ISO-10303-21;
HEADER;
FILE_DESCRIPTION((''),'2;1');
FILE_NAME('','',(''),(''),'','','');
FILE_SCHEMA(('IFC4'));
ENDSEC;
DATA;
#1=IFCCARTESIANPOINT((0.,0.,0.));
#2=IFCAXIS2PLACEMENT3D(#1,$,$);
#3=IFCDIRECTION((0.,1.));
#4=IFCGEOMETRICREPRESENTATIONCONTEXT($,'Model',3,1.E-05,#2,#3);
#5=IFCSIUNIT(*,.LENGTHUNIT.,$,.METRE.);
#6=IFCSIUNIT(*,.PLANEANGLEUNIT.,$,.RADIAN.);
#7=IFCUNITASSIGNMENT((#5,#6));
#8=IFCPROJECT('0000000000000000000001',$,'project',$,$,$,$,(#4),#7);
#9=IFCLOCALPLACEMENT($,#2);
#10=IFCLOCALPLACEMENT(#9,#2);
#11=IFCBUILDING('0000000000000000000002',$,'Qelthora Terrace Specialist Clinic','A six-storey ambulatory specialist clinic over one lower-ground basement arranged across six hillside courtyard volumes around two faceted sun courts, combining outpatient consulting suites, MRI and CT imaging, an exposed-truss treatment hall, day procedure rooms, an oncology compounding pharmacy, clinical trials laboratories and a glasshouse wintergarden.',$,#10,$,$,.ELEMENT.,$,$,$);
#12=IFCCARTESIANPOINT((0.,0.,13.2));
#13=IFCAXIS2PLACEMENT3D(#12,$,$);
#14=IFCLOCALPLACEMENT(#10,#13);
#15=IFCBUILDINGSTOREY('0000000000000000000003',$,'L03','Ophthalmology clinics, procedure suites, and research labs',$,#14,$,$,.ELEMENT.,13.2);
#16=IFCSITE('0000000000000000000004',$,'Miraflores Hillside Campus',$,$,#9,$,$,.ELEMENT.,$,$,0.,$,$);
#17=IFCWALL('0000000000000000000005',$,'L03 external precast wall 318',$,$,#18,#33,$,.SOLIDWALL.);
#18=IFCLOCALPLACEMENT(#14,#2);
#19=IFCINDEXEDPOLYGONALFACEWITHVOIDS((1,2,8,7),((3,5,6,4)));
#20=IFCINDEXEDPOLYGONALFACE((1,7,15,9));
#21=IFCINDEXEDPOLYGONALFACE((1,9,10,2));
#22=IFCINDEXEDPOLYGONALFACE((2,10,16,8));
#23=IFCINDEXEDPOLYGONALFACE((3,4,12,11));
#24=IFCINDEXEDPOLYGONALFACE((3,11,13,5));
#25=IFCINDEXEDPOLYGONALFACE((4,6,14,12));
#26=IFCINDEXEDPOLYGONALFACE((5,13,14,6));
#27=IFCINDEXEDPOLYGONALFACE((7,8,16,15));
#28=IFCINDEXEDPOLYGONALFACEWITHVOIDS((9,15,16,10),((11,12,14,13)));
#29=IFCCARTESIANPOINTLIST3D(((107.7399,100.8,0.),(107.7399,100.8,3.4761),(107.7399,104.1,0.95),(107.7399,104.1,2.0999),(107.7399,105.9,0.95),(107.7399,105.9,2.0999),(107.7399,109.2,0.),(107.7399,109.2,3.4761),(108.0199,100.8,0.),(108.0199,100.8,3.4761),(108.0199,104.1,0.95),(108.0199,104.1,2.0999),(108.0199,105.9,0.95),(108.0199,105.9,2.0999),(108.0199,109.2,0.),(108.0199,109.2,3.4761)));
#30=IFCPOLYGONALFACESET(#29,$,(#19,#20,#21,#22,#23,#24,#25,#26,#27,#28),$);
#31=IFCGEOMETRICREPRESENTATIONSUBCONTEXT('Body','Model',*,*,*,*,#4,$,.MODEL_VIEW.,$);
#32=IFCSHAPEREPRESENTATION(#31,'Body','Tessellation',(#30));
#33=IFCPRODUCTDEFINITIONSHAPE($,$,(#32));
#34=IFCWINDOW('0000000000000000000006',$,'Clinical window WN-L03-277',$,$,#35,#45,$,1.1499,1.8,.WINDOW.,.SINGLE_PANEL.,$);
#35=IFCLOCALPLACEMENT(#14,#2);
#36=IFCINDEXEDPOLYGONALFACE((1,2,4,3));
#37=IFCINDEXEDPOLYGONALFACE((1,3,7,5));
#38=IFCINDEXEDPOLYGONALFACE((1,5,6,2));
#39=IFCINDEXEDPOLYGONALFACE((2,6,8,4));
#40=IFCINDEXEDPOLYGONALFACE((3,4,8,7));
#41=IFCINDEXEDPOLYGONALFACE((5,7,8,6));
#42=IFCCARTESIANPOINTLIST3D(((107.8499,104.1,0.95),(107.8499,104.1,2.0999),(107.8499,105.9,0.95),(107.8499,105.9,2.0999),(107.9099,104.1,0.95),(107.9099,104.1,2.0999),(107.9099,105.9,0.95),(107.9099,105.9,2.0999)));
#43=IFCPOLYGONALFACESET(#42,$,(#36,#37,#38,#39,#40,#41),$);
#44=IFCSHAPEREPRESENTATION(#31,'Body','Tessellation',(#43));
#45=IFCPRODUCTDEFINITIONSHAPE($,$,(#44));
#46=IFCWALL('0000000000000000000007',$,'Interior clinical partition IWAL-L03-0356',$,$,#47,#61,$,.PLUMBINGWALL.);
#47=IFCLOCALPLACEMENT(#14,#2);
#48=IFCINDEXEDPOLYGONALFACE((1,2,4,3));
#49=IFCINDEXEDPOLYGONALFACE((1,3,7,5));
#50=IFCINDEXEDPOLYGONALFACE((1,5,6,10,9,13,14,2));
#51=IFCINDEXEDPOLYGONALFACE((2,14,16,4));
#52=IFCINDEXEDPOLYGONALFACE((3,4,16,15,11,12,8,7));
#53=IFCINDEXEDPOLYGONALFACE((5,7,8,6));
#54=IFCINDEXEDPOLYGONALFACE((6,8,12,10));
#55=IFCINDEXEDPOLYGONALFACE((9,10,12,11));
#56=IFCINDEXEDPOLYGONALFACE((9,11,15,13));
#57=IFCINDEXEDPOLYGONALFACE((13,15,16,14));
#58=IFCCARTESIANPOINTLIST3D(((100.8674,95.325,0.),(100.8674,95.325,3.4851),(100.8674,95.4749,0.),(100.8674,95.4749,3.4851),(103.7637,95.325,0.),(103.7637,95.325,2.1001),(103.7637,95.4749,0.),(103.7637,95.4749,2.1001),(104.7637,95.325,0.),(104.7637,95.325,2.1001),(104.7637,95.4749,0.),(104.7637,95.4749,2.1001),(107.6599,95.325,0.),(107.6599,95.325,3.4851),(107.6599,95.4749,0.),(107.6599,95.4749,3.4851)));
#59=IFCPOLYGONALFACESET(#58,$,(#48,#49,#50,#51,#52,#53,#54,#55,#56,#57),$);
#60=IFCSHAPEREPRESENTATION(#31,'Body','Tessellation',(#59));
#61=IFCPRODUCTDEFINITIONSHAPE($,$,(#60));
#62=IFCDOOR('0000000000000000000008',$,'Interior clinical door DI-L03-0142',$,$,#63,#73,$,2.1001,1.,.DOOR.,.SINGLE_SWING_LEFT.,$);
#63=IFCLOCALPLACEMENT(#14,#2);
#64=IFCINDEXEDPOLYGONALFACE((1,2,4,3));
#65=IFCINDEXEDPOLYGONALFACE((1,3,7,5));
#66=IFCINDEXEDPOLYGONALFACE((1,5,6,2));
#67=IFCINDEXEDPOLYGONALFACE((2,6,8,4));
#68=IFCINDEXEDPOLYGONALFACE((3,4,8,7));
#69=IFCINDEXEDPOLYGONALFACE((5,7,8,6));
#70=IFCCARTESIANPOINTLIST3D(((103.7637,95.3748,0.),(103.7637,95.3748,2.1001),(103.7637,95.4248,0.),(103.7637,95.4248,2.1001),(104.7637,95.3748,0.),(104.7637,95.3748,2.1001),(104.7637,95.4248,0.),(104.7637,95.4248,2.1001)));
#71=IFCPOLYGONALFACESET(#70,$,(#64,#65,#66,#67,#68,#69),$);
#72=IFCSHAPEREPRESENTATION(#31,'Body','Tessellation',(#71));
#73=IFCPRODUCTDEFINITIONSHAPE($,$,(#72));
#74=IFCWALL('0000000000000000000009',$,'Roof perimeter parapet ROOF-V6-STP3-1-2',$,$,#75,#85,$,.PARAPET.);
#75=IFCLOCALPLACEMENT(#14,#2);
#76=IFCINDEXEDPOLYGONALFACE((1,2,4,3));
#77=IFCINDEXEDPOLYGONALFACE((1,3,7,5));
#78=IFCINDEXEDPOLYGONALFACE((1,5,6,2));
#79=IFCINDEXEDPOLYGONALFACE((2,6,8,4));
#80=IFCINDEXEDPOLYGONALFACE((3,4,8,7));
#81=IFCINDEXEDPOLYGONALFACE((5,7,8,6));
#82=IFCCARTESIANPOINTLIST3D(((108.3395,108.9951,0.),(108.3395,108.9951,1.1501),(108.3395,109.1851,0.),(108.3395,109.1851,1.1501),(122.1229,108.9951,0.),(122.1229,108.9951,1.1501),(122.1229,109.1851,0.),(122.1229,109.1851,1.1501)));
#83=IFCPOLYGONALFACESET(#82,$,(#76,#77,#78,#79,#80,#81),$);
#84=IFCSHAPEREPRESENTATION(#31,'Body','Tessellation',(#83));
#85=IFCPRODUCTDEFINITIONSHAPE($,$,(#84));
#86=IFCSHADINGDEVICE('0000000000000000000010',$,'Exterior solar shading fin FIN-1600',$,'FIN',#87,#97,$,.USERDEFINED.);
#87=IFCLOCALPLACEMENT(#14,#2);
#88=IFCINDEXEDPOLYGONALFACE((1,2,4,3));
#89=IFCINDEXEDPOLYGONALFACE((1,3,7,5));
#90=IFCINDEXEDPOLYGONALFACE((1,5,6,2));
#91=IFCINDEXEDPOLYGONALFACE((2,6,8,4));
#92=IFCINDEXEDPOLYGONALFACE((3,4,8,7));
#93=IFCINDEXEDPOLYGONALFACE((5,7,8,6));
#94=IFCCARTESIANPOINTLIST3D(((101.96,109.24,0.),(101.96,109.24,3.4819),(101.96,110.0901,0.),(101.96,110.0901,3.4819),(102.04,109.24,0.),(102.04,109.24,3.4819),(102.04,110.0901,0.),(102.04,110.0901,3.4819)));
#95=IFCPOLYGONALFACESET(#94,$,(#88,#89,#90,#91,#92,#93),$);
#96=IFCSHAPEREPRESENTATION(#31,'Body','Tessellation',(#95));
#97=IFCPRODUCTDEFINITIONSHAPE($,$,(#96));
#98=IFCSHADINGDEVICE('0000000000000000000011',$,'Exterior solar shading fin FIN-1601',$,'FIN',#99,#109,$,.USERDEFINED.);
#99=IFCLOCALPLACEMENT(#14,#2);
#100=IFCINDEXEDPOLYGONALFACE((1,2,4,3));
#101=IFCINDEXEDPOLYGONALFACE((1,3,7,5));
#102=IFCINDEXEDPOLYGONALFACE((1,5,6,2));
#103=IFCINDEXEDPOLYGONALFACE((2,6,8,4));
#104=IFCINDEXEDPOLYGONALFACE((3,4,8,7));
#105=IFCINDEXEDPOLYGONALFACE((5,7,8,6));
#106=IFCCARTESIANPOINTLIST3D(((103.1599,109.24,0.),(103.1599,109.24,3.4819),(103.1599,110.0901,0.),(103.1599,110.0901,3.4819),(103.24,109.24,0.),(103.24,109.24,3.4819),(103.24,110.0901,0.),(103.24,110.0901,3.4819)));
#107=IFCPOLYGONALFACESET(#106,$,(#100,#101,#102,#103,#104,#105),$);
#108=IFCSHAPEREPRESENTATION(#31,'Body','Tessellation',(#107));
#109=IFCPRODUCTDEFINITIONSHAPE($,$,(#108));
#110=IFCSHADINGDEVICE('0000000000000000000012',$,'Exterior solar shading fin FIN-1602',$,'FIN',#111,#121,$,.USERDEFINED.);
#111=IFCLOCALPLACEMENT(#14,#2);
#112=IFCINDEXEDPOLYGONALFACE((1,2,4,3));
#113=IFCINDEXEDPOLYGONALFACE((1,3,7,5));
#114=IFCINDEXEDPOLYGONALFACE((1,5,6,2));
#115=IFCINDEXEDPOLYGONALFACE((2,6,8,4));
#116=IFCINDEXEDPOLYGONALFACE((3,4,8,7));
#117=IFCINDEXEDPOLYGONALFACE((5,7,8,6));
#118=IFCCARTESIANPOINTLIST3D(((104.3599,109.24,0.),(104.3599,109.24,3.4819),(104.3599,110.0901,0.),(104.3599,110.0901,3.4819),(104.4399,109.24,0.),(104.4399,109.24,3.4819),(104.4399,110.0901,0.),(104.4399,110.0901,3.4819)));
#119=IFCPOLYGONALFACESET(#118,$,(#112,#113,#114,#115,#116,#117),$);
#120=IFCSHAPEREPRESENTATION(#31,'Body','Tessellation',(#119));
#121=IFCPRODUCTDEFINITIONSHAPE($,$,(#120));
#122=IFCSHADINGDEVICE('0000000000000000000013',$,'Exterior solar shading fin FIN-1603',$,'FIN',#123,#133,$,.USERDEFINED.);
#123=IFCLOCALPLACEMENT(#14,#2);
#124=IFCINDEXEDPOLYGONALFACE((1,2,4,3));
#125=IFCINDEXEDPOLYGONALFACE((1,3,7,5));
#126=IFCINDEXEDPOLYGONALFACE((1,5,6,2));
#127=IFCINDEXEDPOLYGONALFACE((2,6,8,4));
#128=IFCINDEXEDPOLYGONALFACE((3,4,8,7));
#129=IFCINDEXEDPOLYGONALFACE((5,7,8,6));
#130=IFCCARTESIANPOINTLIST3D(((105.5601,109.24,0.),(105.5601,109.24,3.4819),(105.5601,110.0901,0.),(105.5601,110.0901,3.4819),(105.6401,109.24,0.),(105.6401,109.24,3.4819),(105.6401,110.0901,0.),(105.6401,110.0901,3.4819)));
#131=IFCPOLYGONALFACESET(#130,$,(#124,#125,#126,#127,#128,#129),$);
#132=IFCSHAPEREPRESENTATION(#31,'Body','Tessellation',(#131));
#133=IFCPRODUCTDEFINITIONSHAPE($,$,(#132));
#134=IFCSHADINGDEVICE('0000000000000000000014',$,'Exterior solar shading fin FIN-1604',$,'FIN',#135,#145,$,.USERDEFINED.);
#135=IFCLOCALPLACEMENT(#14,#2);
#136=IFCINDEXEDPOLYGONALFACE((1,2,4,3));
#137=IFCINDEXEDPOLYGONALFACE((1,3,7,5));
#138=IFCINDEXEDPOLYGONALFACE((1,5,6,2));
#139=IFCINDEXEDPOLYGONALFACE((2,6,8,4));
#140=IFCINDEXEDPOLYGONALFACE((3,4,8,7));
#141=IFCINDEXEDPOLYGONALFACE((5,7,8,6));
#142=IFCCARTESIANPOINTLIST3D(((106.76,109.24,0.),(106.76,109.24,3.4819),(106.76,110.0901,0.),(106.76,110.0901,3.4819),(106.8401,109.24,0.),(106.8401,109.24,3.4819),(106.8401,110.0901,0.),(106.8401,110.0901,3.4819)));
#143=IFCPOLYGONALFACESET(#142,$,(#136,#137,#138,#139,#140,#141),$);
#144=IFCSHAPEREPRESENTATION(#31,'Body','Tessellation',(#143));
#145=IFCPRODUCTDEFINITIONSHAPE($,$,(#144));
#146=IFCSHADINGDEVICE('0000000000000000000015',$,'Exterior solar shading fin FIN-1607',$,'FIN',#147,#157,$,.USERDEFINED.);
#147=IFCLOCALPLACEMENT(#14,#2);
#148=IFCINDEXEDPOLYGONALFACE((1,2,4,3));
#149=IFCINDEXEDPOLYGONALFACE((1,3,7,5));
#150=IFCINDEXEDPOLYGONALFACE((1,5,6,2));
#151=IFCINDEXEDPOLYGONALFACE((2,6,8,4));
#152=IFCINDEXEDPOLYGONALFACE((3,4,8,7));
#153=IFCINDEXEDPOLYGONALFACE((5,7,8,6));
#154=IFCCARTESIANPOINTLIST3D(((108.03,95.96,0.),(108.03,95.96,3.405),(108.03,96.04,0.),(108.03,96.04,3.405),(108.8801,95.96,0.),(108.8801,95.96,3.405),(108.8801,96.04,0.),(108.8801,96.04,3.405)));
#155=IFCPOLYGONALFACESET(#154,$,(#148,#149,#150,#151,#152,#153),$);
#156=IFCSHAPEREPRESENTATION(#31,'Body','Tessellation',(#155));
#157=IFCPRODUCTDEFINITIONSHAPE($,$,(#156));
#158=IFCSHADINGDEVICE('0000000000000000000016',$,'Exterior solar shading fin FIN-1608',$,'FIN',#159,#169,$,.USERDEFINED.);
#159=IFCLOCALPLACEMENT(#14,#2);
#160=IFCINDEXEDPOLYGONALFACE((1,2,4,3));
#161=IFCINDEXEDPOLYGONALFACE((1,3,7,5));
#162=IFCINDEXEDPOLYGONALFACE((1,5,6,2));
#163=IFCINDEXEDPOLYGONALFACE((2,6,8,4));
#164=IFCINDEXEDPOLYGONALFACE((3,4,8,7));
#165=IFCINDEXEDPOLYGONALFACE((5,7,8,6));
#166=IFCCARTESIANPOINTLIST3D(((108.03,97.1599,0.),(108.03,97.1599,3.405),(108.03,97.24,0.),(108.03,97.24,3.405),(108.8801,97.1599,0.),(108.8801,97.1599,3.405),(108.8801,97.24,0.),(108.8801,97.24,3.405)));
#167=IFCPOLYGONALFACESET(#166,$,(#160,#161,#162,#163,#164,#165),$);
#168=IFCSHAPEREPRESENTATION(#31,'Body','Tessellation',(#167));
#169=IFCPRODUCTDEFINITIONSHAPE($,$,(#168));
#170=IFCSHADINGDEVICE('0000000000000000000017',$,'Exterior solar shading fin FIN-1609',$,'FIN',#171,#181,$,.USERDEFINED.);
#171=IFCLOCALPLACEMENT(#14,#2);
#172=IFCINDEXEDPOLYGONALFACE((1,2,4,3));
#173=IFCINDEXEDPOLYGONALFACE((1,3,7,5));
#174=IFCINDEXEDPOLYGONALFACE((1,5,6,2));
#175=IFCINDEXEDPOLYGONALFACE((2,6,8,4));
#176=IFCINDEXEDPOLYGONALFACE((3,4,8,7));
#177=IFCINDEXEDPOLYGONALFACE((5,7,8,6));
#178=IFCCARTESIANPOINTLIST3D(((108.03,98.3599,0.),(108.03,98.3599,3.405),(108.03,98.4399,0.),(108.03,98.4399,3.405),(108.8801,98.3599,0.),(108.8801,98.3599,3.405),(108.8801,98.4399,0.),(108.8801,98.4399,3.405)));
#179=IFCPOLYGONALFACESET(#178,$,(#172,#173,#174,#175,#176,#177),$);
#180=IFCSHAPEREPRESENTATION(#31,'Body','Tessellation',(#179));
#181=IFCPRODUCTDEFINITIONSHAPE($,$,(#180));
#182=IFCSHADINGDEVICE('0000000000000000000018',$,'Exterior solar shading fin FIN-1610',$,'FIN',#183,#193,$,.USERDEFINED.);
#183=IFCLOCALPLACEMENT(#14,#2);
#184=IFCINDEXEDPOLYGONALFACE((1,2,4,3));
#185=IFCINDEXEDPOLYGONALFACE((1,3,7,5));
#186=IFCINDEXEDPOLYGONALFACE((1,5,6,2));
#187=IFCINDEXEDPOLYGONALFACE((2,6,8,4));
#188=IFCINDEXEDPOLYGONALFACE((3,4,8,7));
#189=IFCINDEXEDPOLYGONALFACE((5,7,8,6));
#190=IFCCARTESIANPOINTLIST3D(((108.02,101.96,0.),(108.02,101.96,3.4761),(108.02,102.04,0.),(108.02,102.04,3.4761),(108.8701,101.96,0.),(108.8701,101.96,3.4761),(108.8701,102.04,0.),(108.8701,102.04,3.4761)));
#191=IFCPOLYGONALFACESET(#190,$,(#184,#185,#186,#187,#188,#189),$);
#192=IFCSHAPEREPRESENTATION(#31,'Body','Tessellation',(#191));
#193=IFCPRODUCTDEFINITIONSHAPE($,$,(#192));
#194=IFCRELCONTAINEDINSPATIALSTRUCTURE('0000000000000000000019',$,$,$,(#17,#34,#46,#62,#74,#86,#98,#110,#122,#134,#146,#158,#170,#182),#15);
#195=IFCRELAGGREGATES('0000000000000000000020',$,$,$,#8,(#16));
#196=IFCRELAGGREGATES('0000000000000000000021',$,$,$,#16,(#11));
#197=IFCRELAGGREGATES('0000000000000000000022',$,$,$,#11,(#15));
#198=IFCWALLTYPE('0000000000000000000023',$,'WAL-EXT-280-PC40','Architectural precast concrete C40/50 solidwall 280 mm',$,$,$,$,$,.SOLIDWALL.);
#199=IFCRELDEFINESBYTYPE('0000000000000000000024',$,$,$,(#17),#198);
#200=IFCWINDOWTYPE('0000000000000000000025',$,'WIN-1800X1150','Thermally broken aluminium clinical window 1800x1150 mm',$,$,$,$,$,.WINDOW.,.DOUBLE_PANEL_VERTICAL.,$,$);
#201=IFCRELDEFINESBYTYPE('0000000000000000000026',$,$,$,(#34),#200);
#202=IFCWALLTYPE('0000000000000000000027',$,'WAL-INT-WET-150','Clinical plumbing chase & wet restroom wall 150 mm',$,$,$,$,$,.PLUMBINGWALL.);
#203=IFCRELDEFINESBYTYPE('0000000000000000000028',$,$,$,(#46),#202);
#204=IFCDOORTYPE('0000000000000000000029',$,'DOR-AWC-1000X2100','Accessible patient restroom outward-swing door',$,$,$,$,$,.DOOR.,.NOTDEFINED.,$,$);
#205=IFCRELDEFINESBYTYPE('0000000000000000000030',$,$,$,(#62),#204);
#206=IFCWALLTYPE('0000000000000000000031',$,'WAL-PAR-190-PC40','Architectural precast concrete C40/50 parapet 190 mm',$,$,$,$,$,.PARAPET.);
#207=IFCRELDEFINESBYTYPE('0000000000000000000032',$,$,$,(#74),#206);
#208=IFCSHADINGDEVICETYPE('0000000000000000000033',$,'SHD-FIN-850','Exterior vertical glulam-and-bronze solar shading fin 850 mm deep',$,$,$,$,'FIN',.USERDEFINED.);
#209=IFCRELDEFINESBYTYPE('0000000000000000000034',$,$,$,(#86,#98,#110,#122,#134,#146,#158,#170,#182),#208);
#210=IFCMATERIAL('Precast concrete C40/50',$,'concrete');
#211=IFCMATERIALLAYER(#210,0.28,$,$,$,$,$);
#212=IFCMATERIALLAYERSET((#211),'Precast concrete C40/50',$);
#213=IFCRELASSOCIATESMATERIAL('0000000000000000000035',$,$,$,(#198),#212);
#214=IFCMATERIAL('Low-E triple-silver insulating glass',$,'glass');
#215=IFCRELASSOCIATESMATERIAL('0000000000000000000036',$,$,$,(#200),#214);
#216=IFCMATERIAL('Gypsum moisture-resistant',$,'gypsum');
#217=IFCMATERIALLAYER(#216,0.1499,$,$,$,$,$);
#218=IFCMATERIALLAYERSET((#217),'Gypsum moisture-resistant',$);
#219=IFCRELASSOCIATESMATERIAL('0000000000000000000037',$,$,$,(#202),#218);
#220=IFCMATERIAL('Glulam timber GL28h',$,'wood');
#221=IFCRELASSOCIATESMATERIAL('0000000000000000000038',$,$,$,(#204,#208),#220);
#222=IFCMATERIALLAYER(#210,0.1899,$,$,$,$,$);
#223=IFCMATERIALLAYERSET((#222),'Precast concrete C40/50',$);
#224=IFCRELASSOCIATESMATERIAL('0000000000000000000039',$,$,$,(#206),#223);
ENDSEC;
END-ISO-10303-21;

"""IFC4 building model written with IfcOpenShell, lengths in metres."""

from ifc_helpers import new_model, si_unit, direction, frame, frame_2d, origin, origin_2d, place, context, subcontext, project, spatial, rectangle, extrude, material, layer, layer_set, type_object, element, fill, save


model = new_model("IFC4")

# Units and contexts
model_context = context("Model", 3, precision=1e-05, world=origin(), true_north=direction((0.0, 1.0)))
body_context = subcontext(model_context, "Body", "Model", "MODEL_VIEW")
ifc_project = project(units=[si_unit("LENGTHUNIT", "METRE"), si_unit("PLANEANGLEUNIT", "RADIAN")], contexts=[model_context])

# Site, building, storey
site_placement = place(None, origin())
site = spatial("IfcSite", under=ifc_project, at=site_placement, Name="Miraflores Hillside Campus", CompositionType="ELEMENT", RefElevation=0.0)
building_placement = place(site_placement, origin())
building = spatial("IfcBuilding", under=site, at=building_placement, Name="Qelthora Terrace Specialist Clinic", Description="A six-storey ambulatory specialist clinic over one lower-ground basement arranged across six hillside courtyard volumes around two faceted sun courts, combining outpatient consulting suites, MRI and CT imaging, an exposed-truss treatment hall, day procedure rooms, an oncology compounding pharmacy, clinical trials laboratories and a glasshouse wintergarden.", CompositionType="ELEMENT")
storey_placement = place(building_placement, frame((0.0, 0.0, 13.2)))
storey = spatial("IfcBuildingStorey", under=building, at=storey_placement, Name="L03", Description="Ophthalmology clinics, procedure suites, and research labs", CompositionType="ELEMENT", Elevation=13.2)

# Wall, opening, window
ifc_material_1 = material(Name="Precast concrete C40/50", Category="concrete")
ifc_layer_1 = layer(ifc_material_1, 0.28)
ifc_layer_set_1 = layer_set([ifc_layer_1], Name="Precast concrete C40/50")
wall_type_1 = type_object("IfcWallType", Name="WAL-EXT-280-PC40", Description="Architectural precast concrete C40/50 solidwall 280 mm", PredefinedType="SOLIDWALL", material=ifc_layer_set_1)
wall_1_placement = place(storey_placement, frame((107.8799, 100.8, 0.0), z_axis=(0.0, 0.0, 1.0), x_axis=(0.0, 1.0, 0.0)))
wall_1 = element("IfcWall", 1, at=wall_1_placement, inside=storey, type_object=wall_type_1, Name="L03 external precast wall 318", PredefinedType="SOLIDWALL", context=body_context, shape_type="SweptSolid", body=[
    extrude(rectangle(XDim=8.3999, YDim=0.28, at=frame_2d((4.2, 0.0))), origin(), (0.0, 0.0, 1.0), 3.4761),
])
opening_1_placement = place(wall_1_placement, frame((3.3, 0.0, 0.95)))
opening_1 = element("IfcOpeningElement", 2, at=opening_1_placement, cuts=wall_1, PredefinedType="OPENING", context=body_context, shape_type="SweptSolid", body=[
    extrude(rectangle(XDim=1.8, YDim=1.1499, at=frame_2d((0.8999, 0.575))), frame((0.0, 0.1499, 0.0), z_axis=(0.0, -1.0, 0.0), x_axis=(1.0, 0.0, 0.0)), (0.0, 0.0, 1.0), 0.3),
])
ifc_material_2 = material(Name="Low-E triple-silver insulating glass", Category="glass")
window_type = type_object("IfcWindowType", Name="WIN-1800X1150", Description="Thermally broken aluminium clinical window 1800x1150 mm", PartitioningType="DOUBLE_PANEL_VERTICAL", PredefinedType="WINDOW", material=ifc_material_2)
window_placement = place(opening_1_placement, origin())
window = element("IfcWindow", 3, at=window_placement, inside=storey, type_object=window_type, Name="Clinical window WN-L03-277", OverallHeight=1.1499, OverallWidth=1.8, PartitioningType="SINGLE_PANEL", PredefinedType="WINDOW", context=body_context, shape_type="SweptSolid", body=[
    extrude(rectangle(XDim=1.8, YDim=1.1499, at=frame_2d((0.8999, 0.575))), frame((0.0, 0.03, 0.0), z_axis=(0.0, -1.0, 0.0), x_axis=(1.0, 0.0, 0.0)), (0.0, 0.0, 1.0), 0.0601),
])
fill(opening_1, window)

# Wall, opening, door
ifc_material_3 = material(Name="Gypsum moisture-resistant", Category="gypsum")
ifc_layer_2 = layer(ifc_material_3, 0.1499)
ifc_layer_set_2 = layer_set([ifc_layer_2], Name="Gypsum moisture-resistant")
wall_type_2 = type_object("IfcWallType", Name="WAL-INT-WET-150", Description="Clinical plumbing chase & wet restroom wall 150 mm", PredefinedType="PLUMBINGWALL", material=ifc_layer_set_2)
wall_2_placement = place(storey_placement, frame((107.6599, 95.3999, 0.0), z_axis=(0.0, 0.0, 1.0), x_axis=(-1.0, 0.0, 0.0)))
wall_2 = element("IfcWall", 4, at=wall_2_placement, inside=storey, type_object=wall_type_2, Name="Interior clinical partition IWAL-L03-0356", PredefinedType="PLUMBINGWALL", context=body_context, shape_type="SweptSolid", body=[
    extrude(rectangle(XDim=6.7925, YDim=0.1499, at=frame_2d((3.3962, 0.0))), origin(), (0.0, 0.0, 1.0), 3.4851),
])
opening_2_placement = place(wall_2_placement, frame((2.8962, 0.0, 0.0)))
opening_2 = element("IfcOpeningElement", 5, at=opening_2_placement, cuts=wall_2, PredefinedType="OPENING", context=body_context, shape_type="SweptSolid", body=[
    extrude(rectangle(XDim=1.0, YDim=2.1001, at=frame_2d((0.5, 1.05))), frame((0.0, 0.085, 0.0), z_axis=(0.0, -1.0, 0.0), x_axis=(1.0, 0.0, 0.0)), (0.0, 0.0, 1.0), 0.1699),
])
ifc_material_4 = material(Name="Glulam timber GL28h", Category="wood")
door_type = type_object("IfcDoorType", Name="DOR-AWC-1000X2100", Description="Accessible patient restroom outward-swing door", OperationType="NOTDEFINED", PredefinedType="DOOR", material=ifc_material_4)
door_placement = place(opening_2_placement, frame((1.0, 0.0, 0.0), z_axis=(0.0, 0.0, 1.0), x_axis=(-1.0, 0.0, 0.0)))
door = element("IfcDoor", 6, at=door_placement, inside=storey, type_object=door_type, Name="Interior clinical door DI-L03-0142", OperationType="SINGLE_SWING_LEFT", OverallHeight=2.1001, OverallWidth=1.0, PredefinedType="DOOR", context=body_context, shape_type="SweptSolid", body=[
    extrude(rectangle(XDim=1.0, YDim=2.1001, at=frame_2d((0.5, 1.05))), frame((0.0, 0.0249, 0.0), z_axis=(0.0, -1.0, 0.0), x_axis=(1.0, 0.0, 0.0)), (0.0, 0.0, 1.0), 0.05),
])
fill(opening_2, door)

# Wall
ifc_layer_3 = layer(ifc_material_1, 0.1899)
ifc_layer_set_3 = layer_set([ifc_layer_3], Name="Precast concrete C40/50")
wall_type_3 = type_object("IfcWallType", Name="WAL-PAR-190-PC40", Description="Architectural precast concrete C40/50 parapet 190 mm", PredefinedType="PARAPET", material=ifc_layer_set_3)
wall_3_placement = place(storey_placement, frame((108.3396, 109.0901, 0.0), z_axis=(0.0, 0.0, 1.0), x_axis=(1.0, 0.0, 0.0)))
element("IfcWall", 7, at=wall_3_placement, inside=storey, type_object=wall_type_3, Name="Roof perimeter parapet ROOF-V6-STP3-1-2", PredefinedType="PARAPET", context=body_context, shape_type="SweptSolid", body=[
    extrude(rectangle(XDim=13.7834, YDim=0.1899, at=frame_2d((6.8916, 0.0))), origin(), (0.0, 0.0, 1.0), 1.1501),
])

# Shading devices
shading_device_type = type_object("IfcShadingDeviceType", Name="SHD-FIN-850", Description="Exterior vertical glulam-and-bronze solar shading fin 850 mm deep", ElementType="FIN", PredefinedType="USERDEFINED", material=ifc_material_4)
for number, where, z_axis, x_axis, name in (
    (8, (102.0, 109.665, 0.0), (0.0, 0.0, 1.0), (0.0, 1.0, 0.0), "Exterior solar shading fin FIN-1600"),
    (9, (103.2, 109.665, 0.0), (0.0, 0.0, 1.0), (0.0, 1.0, 0.0), "Exterior solar shading fin FIN-1601"),
    (10, (104.3999, 109.665, 0.0), (0.0, 0.0, 1.0), (0.0, 1.0, 0.0), "Exterior solar shading fin FIN-1602"),
    (11, (105.6001, 109.665, 0.0), (0.0, 0.0, 1.0), (0.0, 1.0, 0.0), "Exterior solar shading fin FIN-1603"),
    (12, (106.8, 109.665, 0.0), (0.0, 0.0, 1.0), (0.0, 1.0, 0.0), "Exterior solar shading fin FIN-1604"),
):
    element("IfcShadingDevice", number, at=place(storey_placement, frame(where, z_axis=z_axis, x_axis=x_axis)), inside=storey, type_object=shading_device_type, Name=name, ObjectType="FIN", PredefinedType="USERDEFINED", context=body_context, shape_type="SweptSolid", body=[
        extrude(rectangle(XDim=0.8501, YDim=0.0801, at=origin_2d()), origin(), (0.0, 0.0, 1.0), 3.4819),
    ])
for number, where, z_axis, x_axis, name in (
    (13, (108.4551, 96.0, 0.0), (0.0, 0.0, 1.0), (1.0, 0.0, 0.0), "Exterior solar shading fin FIN-1607"),
    (14, (108.4551, 97.2, 0.0), (0.0, 0.0, 1.0), (1.0, 0.0, 0.0), "Exterior solar shading fin FIN-1608"),
    (15, (108.4551, 98.3999, 0.0), (0.0, 0.0, 1.0), (1.0, 0.0, 0.0), "Exterior solar shading fin FIN-1609"),
):
    element("IfcShadingDevice", number, at=place(storey_placement, frame(where, z_axis=z_axis, x_axis=x_axis)), inside=storey, type_object=shading_device_type, Name=name, ObjectType="FIN", PredefinedType="USERDEFINED", context=body_context, shape_type="SweptSolid", body=[
        extrude(rectangle(XDim=0.8501, YDim=0.0801, at=origin_2d()), origin(), (0.0, 0.0, 1.0), 3.405),
    ])
for number, where, z_axis, x_axis, name in (
    (16, (108.4451, 102.0, 0.0), (0.0, 0.0, 1.0), (1.0, 0.0, 0.0), "Exterior solar shading fin FIN-1610"),
):
    element("IfcShadingDevice", number, at=place(storey_placement, frame(where, z_axis=z_axis, x_axis=x_axis)), inside=storey, type_object=shading_device_type, Name=name, ObjectType="FIN", PredefinedType="USERDEFINED", context=body_context, shape_type="SweptSolid", body=[
        extrude(rectangle(XDim=0.8501, YDim=0.0801, at=origin_2d()), origin(), (0.0, 0.0, 1.0), 3.4761),
    ])

save(model, "model.ifc")
